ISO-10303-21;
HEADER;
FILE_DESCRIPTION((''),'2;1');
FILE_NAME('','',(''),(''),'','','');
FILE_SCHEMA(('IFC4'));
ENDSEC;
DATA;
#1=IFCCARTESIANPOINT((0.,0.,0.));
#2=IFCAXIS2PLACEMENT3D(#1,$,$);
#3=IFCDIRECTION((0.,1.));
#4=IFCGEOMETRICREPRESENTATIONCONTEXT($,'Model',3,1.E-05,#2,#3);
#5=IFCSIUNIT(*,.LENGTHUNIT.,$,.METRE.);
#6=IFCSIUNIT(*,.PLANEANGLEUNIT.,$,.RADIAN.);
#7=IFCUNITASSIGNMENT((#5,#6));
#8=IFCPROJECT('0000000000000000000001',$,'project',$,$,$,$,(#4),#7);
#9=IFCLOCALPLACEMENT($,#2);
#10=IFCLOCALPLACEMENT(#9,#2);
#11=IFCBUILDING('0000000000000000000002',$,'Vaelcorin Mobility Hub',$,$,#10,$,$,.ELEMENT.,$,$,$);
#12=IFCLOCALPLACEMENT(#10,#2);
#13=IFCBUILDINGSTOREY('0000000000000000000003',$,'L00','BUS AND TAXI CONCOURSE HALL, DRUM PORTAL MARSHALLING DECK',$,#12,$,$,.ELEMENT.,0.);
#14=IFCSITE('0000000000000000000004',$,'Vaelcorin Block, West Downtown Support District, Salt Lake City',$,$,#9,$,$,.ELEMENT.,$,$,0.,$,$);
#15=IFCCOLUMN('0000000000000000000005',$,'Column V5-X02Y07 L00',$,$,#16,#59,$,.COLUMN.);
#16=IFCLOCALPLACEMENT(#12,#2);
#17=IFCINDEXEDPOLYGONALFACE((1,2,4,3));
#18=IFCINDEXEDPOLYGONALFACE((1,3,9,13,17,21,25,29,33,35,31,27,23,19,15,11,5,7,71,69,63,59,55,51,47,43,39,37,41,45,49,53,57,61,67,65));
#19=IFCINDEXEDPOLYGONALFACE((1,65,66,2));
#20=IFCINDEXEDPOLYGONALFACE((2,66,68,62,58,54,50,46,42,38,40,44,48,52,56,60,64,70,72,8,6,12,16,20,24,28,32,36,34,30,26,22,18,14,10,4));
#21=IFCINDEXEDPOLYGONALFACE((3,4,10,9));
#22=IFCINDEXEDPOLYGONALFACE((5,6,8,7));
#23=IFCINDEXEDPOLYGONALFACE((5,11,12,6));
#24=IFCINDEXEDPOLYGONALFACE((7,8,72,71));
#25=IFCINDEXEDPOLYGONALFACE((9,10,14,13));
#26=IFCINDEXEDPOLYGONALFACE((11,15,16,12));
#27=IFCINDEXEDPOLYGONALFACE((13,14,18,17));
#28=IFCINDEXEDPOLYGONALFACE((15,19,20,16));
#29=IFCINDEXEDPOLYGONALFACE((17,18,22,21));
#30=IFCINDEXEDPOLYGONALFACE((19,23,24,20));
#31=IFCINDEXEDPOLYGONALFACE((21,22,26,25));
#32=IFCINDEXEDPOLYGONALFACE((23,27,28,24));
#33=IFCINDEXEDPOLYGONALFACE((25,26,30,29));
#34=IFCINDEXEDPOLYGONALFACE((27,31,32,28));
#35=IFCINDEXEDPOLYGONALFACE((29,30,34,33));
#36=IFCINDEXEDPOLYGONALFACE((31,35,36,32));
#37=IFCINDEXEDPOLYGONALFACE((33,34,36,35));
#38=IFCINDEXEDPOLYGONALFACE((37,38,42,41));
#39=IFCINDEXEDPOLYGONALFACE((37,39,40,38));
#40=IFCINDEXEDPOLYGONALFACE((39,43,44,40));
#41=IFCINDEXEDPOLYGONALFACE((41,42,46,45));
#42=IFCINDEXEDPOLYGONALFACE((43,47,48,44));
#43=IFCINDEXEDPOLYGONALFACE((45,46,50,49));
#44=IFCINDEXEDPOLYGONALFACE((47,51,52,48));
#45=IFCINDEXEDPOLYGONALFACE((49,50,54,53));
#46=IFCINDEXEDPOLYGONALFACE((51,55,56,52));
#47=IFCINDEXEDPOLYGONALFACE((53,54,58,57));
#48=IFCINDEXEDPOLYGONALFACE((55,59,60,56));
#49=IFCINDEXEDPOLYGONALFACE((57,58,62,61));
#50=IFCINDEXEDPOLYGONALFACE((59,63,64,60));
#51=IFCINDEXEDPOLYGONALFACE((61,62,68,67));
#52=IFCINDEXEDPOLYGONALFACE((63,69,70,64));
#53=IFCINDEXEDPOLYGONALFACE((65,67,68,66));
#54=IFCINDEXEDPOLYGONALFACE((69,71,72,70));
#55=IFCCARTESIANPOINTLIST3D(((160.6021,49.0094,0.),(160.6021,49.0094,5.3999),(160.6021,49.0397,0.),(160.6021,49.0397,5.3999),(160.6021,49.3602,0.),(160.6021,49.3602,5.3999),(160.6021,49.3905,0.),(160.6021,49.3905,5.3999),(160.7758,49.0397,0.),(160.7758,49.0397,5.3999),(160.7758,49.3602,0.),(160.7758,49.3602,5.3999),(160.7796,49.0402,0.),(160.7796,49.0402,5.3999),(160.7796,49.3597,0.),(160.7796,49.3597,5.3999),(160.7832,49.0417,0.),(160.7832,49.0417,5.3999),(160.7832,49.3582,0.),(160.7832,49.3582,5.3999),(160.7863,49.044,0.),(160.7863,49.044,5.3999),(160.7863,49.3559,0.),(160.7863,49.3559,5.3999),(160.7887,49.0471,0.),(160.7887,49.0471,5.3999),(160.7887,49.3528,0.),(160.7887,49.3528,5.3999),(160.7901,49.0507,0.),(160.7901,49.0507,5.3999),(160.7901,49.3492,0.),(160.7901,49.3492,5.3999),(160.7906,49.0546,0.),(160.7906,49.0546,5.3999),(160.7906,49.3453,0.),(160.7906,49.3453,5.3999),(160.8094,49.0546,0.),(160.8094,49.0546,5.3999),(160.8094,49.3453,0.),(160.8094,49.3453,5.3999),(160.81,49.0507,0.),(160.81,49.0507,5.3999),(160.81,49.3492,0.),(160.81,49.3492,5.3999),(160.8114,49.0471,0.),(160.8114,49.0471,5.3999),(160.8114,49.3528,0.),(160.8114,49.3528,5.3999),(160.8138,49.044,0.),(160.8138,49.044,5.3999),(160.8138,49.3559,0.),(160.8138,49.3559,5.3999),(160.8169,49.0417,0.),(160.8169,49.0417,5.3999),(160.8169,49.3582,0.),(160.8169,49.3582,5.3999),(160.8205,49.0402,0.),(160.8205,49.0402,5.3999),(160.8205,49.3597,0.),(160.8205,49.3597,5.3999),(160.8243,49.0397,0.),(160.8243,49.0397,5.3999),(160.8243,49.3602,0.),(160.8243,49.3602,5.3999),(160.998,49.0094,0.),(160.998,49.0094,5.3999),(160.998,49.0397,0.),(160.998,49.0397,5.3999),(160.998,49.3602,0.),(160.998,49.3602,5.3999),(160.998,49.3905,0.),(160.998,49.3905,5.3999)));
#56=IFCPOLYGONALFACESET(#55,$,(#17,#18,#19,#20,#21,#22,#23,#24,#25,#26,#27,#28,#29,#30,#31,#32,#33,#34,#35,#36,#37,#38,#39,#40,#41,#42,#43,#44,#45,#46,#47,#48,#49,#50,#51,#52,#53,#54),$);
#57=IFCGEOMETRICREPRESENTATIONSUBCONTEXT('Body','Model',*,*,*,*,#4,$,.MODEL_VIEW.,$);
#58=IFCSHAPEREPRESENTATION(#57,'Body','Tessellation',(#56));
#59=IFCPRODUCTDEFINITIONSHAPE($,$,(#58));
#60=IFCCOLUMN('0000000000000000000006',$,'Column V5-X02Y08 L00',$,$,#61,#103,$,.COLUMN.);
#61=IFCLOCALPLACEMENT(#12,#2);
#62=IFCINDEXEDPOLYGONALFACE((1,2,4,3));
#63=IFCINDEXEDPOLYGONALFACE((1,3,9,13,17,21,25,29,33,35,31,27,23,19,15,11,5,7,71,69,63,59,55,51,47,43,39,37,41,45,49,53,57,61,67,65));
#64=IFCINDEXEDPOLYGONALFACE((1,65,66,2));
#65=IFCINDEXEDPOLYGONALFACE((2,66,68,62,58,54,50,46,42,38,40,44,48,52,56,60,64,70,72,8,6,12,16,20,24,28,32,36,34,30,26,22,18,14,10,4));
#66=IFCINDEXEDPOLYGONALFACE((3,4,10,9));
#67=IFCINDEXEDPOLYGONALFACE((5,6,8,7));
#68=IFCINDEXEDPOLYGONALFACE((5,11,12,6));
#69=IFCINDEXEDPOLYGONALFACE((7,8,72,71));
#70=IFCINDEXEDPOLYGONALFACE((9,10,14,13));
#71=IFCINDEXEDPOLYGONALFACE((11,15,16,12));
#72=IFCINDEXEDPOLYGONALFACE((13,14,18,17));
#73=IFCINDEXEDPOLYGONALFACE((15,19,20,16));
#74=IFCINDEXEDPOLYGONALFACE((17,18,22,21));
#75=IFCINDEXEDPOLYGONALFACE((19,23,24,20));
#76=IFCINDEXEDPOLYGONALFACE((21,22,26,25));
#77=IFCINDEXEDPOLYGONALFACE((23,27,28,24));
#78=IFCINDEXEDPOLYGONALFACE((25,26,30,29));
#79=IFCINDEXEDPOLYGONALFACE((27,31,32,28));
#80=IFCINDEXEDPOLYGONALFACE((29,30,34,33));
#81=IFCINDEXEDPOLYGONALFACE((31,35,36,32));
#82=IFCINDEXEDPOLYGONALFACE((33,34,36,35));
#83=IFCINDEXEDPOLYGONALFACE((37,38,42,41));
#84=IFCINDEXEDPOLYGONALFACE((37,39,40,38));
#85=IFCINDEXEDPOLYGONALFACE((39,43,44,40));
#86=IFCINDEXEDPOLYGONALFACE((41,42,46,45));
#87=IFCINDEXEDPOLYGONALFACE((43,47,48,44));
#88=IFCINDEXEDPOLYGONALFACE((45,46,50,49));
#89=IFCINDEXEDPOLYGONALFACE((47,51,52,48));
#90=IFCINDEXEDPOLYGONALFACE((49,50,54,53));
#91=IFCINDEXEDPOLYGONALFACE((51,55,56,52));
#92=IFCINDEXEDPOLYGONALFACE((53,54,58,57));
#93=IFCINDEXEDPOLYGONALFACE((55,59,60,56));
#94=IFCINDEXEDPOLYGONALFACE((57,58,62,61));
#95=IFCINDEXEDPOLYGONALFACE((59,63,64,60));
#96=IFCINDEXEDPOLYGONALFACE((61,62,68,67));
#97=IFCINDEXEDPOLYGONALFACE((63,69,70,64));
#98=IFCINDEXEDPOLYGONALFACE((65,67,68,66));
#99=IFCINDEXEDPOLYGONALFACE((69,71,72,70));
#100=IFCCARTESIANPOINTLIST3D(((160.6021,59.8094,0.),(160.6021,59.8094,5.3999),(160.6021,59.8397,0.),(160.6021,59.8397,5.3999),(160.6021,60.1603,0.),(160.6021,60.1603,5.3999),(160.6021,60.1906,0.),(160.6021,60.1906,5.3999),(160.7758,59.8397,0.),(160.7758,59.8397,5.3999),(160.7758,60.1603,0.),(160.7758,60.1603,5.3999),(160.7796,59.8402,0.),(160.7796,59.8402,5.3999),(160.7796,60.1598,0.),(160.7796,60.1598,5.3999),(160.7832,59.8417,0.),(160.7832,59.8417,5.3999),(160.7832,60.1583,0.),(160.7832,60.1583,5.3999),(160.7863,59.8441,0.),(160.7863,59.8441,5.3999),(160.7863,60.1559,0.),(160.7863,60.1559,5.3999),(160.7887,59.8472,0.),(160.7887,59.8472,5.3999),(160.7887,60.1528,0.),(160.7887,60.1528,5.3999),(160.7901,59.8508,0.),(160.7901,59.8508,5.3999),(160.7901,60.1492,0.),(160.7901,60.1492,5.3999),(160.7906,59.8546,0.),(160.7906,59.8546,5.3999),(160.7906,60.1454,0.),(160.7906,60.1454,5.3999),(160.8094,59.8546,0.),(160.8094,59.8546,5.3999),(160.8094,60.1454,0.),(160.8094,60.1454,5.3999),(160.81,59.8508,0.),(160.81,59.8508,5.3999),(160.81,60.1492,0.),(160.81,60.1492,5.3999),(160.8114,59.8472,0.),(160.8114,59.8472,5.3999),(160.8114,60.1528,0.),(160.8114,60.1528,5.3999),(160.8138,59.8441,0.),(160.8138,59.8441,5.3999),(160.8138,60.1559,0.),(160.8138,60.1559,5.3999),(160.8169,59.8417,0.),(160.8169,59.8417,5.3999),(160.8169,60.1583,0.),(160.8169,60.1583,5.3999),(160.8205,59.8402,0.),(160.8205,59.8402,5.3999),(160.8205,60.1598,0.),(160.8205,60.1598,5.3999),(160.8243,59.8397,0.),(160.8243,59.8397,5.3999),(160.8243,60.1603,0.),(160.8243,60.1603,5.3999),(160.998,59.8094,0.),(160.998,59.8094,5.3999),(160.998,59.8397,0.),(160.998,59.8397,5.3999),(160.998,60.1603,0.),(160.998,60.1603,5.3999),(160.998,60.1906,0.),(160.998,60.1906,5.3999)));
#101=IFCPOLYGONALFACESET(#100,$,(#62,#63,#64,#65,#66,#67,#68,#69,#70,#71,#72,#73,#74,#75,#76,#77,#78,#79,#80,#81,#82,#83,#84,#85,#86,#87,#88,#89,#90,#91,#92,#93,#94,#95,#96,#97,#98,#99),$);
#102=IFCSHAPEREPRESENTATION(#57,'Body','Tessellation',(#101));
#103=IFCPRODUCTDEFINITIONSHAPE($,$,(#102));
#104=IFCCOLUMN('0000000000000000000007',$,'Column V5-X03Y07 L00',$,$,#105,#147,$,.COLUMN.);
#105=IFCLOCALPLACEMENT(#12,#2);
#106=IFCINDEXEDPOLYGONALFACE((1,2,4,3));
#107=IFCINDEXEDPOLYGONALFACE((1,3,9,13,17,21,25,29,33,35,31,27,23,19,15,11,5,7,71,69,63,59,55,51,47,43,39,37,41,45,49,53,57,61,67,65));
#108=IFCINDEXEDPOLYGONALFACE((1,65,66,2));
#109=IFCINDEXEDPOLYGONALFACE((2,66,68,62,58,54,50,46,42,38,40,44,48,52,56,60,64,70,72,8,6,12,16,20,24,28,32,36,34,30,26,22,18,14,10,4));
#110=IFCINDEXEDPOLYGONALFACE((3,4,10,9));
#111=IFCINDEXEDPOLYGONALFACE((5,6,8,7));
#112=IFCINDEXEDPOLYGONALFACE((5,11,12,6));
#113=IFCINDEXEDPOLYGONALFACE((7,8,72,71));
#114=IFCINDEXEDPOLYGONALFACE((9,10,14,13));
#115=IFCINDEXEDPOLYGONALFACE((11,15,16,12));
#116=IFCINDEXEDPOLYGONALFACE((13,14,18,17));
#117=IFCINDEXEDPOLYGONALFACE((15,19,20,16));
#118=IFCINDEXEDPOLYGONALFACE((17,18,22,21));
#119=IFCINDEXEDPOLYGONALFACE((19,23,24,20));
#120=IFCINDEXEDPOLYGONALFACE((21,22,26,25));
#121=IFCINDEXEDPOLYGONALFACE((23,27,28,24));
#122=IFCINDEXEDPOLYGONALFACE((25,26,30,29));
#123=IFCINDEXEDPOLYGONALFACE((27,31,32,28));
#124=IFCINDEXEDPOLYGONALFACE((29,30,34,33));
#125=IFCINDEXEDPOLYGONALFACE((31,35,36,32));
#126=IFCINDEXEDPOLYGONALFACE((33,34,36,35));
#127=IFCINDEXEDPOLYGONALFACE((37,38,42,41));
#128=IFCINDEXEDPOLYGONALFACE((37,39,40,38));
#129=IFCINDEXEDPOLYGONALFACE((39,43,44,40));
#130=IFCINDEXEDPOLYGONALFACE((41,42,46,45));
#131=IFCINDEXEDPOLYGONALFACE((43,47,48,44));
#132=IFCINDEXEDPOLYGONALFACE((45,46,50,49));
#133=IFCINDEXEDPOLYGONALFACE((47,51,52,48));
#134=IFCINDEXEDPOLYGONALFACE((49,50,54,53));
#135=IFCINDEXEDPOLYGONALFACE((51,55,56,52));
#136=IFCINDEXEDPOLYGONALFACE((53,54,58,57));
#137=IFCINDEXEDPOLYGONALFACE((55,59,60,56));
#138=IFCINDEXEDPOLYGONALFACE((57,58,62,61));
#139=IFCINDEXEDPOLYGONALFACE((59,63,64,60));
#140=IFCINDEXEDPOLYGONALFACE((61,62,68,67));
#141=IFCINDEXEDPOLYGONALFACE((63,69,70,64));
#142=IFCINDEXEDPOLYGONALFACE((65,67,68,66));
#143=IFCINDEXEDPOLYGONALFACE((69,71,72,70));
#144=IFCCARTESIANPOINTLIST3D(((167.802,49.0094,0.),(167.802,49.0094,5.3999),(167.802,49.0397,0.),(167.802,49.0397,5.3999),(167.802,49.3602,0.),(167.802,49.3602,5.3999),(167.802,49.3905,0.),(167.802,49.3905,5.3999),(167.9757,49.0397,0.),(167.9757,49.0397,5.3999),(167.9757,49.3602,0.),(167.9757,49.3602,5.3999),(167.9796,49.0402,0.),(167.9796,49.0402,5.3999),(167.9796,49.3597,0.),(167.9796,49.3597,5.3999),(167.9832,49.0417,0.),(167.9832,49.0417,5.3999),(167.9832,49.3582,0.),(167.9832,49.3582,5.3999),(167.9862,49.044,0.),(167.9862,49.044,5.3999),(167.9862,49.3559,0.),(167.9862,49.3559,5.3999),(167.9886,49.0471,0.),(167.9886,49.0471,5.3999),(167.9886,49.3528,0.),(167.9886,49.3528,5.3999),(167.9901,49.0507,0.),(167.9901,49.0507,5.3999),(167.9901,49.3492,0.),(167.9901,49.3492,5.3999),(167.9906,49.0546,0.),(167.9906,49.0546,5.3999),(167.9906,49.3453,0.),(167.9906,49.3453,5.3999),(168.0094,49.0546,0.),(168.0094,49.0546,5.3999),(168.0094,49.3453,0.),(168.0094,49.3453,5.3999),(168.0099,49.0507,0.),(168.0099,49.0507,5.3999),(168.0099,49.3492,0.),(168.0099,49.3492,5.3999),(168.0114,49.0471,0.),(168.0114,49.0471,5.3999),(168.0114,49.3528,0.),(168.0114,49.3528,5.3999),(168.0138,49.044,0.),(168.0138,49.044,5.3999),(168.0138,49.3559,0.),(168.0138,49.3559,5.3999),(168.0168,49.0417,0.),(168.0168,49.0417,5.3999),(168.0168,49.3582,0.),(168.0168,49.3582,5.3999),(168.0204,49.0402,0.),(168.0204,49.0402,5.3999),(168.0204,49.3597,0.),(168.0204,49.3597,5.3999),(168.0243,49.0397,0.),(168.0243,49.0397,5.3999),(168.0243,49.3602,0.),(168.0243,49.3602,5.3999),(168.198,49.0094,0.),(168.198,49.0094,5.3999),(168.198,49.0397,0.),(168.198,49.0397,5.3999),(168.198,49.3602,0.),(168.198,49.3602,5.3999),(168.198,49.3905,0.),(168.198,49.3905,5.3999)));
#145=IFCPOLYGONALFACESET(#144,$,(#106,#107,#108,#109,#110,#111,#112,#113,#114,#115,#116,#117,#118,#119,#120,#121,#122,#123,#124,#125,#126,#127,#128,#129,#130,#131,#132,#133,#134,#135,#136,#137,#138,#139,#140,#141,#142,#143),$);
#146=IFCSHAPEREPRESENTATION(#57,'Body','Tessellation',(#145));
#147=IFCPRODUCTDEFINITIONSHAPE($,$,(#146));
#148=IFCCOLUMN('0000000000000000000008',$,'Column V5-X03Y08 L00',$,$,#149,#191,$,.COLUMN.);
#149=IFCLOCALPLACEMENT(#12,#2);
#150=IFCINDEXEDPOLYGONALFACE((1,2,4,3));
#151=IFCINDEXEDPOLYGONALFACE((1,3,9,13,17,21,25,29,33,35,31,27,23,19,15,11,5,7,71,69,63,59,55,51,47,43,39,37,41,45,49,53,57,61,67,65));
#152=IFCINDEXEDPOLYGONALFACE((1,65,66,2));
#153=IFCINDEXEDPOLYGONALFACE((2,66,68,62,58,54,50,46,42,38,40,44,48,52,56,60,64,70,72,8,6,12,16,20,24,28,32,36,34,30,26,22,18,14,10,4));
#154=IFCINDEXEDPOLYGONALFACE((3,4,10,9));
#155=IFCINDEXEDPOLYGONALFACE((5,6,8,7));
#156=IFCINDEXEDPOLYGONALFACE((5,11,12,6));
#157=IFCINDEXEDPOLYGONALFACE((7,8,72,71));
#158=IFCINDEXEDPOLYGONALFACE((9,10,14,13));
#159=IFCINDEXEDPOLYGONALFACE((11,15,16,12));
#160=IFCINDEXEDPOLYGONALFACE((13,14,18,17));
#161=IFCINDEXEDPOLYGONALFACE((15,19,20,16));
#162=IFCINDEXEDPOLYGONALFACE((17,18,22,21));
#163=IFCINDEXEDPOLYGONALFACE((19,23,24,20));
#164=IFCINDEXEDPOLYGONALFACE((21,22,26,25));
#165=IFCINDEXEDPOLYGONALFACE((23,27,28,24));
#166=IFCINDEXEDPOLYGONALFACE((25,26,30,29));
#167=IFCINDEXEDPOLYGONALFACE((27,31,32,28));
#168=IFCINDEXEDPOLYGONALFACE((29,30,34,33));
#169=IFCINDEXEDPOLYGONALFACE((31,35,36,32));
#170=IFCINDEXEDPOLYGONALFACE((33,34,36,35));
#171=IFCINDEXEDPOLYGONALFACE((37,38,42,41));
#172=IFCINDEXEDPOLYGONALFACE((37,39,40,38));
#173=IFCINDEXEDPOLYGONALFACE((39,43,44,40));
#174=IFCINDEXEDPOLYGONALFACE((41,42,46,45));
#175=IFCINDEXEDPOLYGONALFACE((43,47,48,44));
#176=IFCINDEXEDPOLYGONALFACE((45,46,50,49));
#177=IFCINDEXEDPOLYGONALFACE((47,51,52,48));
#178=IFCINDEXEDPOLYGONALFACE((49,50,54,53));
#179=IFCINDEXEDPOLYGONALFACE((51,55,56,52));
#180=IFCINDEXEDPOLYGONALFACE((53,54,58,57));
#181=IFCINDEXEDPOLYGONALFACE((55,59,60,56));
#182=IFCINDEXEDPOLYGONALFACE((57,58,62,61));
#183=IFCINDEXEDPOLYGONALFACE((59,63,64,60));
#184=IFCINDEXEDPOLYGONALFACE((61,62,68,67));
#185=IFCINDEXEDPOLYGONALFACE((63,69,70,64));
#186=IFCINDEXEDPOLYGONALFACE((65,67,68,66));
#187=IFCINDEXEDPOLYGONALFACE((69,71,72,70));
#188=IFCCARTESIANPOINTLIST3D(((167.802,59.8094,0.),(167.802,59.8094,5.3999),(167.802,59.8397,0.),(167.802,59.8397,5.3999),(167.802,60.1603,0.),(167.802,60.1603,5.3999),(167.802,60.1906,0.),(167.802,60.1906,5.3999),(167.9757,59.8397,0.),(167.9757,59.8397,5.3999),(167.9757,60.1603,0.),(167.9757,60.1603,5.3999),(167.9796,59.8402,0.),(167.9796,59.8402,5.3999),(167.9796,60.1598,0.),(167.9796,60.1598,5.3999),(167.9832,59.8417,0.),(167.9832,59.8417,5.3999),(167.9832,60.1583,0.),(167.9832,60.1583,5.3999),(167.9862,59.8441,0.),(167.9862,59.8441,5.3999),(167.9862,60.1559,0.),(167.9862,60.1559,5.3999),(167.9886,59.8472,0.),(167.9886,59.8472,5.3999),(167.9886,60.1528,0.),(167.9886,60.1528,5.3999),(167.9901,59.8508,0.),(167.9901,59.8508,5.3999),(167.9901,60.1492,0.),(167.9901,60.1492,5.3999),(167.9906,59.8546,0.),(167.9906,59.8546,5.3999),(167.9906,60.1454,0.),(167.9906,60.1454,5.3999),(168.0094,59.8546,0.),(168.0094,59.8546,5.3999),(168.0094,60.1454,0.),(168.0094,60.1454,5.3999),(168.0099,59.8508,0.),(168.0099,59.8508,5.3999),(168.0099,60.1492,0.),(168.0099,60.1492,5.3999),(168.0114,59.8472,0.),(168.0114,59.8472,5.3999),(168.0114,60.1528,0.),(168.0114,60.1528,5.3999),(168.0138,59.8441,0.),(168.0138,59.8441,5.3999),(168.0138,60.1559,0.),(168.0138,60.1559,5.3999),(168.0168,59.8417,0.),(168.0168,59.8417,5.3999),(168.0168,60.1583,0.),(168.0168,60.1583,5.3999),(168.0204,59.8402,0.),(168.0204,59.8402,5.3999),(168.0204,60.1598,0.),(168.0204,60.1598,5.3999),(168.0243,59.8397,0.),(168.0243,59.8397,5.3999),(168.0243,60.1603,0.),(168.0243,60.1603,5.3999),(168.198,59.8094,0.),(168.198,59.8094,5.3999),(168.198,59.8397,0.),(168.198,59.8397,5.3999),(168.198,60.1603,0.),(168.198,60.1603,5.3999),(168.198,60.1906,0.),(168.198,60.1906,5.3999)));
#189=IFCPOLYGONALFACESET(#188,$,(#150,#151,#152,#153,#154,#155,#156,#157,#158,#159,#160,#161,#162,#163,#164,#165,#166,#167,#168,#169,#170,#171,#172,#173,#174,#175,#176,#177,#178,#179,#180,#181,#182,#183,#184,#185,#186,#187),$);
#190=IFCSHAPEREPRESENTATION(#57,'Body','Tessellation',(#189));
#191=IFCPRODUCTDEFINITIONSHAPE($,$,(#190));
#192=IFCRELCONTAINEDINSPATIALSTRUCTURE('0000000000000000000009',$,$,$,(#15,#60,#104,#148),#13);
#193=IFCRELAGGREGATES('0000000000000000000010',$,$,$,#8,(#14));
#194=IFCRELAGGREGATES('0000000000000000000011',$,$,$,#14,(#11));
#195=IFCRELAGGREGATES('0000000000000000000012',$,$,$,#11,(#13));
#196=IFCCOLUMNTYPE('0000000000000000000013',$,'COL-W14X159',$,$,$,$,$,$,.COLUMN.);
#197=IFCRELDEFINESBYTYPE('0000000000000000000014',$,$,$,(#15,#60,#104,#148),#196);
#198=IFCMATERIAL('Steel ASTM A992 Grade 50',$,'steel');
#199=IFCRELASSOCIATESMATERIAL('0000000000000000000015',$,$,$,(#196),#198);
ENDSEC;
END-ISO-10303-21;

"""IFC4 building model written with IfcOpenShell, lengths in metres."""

from ifc_helpers import new_model, si_unit, direction, frame, origin, origin_2d, place, context, subcontext, project, spatial, i_section, extrude, material, material_profile, profile_set, type_object, element, save


model = new_model("IFC4")

# Units and contexts
model_context = context("Model", 3, precision=1e-05, world=origin(), true_north=direction((0.0, 1.0)))
body_context = subcontext(model_context, "Body", "Model", "MODEL_VIEW")
ifc_project = project(units=[si_unit("LENGTHUNIT", "METRE"), si_unit("PLANEANGLEUNIT", "RADIAN")], contexts=[model_context])

# Site, building, storey
site_placement = place(None, origin())
site = spatial("IfcSite", under=ifc_project, at=site_placement, Name="Vaelcorin Block, West Downtown Support District, Salt Lake City", CompositionType="ELEMENT", RefElevation=0.0)
building_placement = place(site_placement, origin())
building = spatial("IfcBuilding", under=site, at=building_placement, Name="Vaelcorin Mobility Hub", CompositionType="ELEMENT")
storey_placement = place(building_placement, origin())
storey = spatial("IfcBuildingStorey", under=building, at=storey_placement, Name="L00", Description="BUS AND TAXI CONCOURSE HALL, DRUM PORTAL MARSHALLING DECK", CompositionType="ELEMENT", Elevation=0.0)

# Columns
ifc_material_1 = material(Name="Steel ASTM A992 Grade 50", Category="steel")
ifc_material_profile_1 = material_profile(ifc_material_1, i_section(OverallWidth=0.396, OverallDepth=0.3811, WebThickness=0.0188, FlangeThickness=0.0303, FilletRadius=0.0149, at=origin_2d()), Name="W14X159")
ifc_profile_set_1 = profile_set([ifc_material_profile_1], Name="Steel ASTM A992 Grade 50")
column_type = type_object("IfcColumnType", Name="COL-W14X159", PredefinedType="COLUMN", material=ifc_profile_set_1)
for number, where, z_axis, x_axis, name in (
    (1, (160.8, 49.2, 0.0), (0.0, 0.0, 1.0), (1.0, 0.0, 0.0), "Column V5-X02Y07 L00"),
    (2, (160.8, 60.0, 0.0), (0.0, 0.0, 1.0), (1.0, 0.0, 0.0), "Column V5-X02Y08 L00"),
    (3, (168.0, 49.2, 0.0), (0.0, 0.0, 1.0), (1.0, 0.0, 0.0), "Column V5-X03Y07 L00"),
    (4, (168.0, 60.0, 0.0), (0.0, 0.0, 1.0), (1.0, 0.0, 0.0), "Column V5-X03Y08 L00"),
):
    element("IfcColumn", number, at=place(storey_placement, frame(where, z_axis=z_axis, x_axis=x_axis)), inside=storey, type_object=column_type, Name=name, PredefinedType="COLUMN", context=body_context, shape_type="SweptSolid", body=[
        extrude(i_section(OverallWidth=0.396, OverallDepth=0.3811, WebThickness=0.0188, FlangeThickness=0.0303, FilletRadius=0.0149, at=origin_2d()), origin(), (0.0, 0.0, 1.0), 5.3999),
    ])

save(model, "model.ifc")
